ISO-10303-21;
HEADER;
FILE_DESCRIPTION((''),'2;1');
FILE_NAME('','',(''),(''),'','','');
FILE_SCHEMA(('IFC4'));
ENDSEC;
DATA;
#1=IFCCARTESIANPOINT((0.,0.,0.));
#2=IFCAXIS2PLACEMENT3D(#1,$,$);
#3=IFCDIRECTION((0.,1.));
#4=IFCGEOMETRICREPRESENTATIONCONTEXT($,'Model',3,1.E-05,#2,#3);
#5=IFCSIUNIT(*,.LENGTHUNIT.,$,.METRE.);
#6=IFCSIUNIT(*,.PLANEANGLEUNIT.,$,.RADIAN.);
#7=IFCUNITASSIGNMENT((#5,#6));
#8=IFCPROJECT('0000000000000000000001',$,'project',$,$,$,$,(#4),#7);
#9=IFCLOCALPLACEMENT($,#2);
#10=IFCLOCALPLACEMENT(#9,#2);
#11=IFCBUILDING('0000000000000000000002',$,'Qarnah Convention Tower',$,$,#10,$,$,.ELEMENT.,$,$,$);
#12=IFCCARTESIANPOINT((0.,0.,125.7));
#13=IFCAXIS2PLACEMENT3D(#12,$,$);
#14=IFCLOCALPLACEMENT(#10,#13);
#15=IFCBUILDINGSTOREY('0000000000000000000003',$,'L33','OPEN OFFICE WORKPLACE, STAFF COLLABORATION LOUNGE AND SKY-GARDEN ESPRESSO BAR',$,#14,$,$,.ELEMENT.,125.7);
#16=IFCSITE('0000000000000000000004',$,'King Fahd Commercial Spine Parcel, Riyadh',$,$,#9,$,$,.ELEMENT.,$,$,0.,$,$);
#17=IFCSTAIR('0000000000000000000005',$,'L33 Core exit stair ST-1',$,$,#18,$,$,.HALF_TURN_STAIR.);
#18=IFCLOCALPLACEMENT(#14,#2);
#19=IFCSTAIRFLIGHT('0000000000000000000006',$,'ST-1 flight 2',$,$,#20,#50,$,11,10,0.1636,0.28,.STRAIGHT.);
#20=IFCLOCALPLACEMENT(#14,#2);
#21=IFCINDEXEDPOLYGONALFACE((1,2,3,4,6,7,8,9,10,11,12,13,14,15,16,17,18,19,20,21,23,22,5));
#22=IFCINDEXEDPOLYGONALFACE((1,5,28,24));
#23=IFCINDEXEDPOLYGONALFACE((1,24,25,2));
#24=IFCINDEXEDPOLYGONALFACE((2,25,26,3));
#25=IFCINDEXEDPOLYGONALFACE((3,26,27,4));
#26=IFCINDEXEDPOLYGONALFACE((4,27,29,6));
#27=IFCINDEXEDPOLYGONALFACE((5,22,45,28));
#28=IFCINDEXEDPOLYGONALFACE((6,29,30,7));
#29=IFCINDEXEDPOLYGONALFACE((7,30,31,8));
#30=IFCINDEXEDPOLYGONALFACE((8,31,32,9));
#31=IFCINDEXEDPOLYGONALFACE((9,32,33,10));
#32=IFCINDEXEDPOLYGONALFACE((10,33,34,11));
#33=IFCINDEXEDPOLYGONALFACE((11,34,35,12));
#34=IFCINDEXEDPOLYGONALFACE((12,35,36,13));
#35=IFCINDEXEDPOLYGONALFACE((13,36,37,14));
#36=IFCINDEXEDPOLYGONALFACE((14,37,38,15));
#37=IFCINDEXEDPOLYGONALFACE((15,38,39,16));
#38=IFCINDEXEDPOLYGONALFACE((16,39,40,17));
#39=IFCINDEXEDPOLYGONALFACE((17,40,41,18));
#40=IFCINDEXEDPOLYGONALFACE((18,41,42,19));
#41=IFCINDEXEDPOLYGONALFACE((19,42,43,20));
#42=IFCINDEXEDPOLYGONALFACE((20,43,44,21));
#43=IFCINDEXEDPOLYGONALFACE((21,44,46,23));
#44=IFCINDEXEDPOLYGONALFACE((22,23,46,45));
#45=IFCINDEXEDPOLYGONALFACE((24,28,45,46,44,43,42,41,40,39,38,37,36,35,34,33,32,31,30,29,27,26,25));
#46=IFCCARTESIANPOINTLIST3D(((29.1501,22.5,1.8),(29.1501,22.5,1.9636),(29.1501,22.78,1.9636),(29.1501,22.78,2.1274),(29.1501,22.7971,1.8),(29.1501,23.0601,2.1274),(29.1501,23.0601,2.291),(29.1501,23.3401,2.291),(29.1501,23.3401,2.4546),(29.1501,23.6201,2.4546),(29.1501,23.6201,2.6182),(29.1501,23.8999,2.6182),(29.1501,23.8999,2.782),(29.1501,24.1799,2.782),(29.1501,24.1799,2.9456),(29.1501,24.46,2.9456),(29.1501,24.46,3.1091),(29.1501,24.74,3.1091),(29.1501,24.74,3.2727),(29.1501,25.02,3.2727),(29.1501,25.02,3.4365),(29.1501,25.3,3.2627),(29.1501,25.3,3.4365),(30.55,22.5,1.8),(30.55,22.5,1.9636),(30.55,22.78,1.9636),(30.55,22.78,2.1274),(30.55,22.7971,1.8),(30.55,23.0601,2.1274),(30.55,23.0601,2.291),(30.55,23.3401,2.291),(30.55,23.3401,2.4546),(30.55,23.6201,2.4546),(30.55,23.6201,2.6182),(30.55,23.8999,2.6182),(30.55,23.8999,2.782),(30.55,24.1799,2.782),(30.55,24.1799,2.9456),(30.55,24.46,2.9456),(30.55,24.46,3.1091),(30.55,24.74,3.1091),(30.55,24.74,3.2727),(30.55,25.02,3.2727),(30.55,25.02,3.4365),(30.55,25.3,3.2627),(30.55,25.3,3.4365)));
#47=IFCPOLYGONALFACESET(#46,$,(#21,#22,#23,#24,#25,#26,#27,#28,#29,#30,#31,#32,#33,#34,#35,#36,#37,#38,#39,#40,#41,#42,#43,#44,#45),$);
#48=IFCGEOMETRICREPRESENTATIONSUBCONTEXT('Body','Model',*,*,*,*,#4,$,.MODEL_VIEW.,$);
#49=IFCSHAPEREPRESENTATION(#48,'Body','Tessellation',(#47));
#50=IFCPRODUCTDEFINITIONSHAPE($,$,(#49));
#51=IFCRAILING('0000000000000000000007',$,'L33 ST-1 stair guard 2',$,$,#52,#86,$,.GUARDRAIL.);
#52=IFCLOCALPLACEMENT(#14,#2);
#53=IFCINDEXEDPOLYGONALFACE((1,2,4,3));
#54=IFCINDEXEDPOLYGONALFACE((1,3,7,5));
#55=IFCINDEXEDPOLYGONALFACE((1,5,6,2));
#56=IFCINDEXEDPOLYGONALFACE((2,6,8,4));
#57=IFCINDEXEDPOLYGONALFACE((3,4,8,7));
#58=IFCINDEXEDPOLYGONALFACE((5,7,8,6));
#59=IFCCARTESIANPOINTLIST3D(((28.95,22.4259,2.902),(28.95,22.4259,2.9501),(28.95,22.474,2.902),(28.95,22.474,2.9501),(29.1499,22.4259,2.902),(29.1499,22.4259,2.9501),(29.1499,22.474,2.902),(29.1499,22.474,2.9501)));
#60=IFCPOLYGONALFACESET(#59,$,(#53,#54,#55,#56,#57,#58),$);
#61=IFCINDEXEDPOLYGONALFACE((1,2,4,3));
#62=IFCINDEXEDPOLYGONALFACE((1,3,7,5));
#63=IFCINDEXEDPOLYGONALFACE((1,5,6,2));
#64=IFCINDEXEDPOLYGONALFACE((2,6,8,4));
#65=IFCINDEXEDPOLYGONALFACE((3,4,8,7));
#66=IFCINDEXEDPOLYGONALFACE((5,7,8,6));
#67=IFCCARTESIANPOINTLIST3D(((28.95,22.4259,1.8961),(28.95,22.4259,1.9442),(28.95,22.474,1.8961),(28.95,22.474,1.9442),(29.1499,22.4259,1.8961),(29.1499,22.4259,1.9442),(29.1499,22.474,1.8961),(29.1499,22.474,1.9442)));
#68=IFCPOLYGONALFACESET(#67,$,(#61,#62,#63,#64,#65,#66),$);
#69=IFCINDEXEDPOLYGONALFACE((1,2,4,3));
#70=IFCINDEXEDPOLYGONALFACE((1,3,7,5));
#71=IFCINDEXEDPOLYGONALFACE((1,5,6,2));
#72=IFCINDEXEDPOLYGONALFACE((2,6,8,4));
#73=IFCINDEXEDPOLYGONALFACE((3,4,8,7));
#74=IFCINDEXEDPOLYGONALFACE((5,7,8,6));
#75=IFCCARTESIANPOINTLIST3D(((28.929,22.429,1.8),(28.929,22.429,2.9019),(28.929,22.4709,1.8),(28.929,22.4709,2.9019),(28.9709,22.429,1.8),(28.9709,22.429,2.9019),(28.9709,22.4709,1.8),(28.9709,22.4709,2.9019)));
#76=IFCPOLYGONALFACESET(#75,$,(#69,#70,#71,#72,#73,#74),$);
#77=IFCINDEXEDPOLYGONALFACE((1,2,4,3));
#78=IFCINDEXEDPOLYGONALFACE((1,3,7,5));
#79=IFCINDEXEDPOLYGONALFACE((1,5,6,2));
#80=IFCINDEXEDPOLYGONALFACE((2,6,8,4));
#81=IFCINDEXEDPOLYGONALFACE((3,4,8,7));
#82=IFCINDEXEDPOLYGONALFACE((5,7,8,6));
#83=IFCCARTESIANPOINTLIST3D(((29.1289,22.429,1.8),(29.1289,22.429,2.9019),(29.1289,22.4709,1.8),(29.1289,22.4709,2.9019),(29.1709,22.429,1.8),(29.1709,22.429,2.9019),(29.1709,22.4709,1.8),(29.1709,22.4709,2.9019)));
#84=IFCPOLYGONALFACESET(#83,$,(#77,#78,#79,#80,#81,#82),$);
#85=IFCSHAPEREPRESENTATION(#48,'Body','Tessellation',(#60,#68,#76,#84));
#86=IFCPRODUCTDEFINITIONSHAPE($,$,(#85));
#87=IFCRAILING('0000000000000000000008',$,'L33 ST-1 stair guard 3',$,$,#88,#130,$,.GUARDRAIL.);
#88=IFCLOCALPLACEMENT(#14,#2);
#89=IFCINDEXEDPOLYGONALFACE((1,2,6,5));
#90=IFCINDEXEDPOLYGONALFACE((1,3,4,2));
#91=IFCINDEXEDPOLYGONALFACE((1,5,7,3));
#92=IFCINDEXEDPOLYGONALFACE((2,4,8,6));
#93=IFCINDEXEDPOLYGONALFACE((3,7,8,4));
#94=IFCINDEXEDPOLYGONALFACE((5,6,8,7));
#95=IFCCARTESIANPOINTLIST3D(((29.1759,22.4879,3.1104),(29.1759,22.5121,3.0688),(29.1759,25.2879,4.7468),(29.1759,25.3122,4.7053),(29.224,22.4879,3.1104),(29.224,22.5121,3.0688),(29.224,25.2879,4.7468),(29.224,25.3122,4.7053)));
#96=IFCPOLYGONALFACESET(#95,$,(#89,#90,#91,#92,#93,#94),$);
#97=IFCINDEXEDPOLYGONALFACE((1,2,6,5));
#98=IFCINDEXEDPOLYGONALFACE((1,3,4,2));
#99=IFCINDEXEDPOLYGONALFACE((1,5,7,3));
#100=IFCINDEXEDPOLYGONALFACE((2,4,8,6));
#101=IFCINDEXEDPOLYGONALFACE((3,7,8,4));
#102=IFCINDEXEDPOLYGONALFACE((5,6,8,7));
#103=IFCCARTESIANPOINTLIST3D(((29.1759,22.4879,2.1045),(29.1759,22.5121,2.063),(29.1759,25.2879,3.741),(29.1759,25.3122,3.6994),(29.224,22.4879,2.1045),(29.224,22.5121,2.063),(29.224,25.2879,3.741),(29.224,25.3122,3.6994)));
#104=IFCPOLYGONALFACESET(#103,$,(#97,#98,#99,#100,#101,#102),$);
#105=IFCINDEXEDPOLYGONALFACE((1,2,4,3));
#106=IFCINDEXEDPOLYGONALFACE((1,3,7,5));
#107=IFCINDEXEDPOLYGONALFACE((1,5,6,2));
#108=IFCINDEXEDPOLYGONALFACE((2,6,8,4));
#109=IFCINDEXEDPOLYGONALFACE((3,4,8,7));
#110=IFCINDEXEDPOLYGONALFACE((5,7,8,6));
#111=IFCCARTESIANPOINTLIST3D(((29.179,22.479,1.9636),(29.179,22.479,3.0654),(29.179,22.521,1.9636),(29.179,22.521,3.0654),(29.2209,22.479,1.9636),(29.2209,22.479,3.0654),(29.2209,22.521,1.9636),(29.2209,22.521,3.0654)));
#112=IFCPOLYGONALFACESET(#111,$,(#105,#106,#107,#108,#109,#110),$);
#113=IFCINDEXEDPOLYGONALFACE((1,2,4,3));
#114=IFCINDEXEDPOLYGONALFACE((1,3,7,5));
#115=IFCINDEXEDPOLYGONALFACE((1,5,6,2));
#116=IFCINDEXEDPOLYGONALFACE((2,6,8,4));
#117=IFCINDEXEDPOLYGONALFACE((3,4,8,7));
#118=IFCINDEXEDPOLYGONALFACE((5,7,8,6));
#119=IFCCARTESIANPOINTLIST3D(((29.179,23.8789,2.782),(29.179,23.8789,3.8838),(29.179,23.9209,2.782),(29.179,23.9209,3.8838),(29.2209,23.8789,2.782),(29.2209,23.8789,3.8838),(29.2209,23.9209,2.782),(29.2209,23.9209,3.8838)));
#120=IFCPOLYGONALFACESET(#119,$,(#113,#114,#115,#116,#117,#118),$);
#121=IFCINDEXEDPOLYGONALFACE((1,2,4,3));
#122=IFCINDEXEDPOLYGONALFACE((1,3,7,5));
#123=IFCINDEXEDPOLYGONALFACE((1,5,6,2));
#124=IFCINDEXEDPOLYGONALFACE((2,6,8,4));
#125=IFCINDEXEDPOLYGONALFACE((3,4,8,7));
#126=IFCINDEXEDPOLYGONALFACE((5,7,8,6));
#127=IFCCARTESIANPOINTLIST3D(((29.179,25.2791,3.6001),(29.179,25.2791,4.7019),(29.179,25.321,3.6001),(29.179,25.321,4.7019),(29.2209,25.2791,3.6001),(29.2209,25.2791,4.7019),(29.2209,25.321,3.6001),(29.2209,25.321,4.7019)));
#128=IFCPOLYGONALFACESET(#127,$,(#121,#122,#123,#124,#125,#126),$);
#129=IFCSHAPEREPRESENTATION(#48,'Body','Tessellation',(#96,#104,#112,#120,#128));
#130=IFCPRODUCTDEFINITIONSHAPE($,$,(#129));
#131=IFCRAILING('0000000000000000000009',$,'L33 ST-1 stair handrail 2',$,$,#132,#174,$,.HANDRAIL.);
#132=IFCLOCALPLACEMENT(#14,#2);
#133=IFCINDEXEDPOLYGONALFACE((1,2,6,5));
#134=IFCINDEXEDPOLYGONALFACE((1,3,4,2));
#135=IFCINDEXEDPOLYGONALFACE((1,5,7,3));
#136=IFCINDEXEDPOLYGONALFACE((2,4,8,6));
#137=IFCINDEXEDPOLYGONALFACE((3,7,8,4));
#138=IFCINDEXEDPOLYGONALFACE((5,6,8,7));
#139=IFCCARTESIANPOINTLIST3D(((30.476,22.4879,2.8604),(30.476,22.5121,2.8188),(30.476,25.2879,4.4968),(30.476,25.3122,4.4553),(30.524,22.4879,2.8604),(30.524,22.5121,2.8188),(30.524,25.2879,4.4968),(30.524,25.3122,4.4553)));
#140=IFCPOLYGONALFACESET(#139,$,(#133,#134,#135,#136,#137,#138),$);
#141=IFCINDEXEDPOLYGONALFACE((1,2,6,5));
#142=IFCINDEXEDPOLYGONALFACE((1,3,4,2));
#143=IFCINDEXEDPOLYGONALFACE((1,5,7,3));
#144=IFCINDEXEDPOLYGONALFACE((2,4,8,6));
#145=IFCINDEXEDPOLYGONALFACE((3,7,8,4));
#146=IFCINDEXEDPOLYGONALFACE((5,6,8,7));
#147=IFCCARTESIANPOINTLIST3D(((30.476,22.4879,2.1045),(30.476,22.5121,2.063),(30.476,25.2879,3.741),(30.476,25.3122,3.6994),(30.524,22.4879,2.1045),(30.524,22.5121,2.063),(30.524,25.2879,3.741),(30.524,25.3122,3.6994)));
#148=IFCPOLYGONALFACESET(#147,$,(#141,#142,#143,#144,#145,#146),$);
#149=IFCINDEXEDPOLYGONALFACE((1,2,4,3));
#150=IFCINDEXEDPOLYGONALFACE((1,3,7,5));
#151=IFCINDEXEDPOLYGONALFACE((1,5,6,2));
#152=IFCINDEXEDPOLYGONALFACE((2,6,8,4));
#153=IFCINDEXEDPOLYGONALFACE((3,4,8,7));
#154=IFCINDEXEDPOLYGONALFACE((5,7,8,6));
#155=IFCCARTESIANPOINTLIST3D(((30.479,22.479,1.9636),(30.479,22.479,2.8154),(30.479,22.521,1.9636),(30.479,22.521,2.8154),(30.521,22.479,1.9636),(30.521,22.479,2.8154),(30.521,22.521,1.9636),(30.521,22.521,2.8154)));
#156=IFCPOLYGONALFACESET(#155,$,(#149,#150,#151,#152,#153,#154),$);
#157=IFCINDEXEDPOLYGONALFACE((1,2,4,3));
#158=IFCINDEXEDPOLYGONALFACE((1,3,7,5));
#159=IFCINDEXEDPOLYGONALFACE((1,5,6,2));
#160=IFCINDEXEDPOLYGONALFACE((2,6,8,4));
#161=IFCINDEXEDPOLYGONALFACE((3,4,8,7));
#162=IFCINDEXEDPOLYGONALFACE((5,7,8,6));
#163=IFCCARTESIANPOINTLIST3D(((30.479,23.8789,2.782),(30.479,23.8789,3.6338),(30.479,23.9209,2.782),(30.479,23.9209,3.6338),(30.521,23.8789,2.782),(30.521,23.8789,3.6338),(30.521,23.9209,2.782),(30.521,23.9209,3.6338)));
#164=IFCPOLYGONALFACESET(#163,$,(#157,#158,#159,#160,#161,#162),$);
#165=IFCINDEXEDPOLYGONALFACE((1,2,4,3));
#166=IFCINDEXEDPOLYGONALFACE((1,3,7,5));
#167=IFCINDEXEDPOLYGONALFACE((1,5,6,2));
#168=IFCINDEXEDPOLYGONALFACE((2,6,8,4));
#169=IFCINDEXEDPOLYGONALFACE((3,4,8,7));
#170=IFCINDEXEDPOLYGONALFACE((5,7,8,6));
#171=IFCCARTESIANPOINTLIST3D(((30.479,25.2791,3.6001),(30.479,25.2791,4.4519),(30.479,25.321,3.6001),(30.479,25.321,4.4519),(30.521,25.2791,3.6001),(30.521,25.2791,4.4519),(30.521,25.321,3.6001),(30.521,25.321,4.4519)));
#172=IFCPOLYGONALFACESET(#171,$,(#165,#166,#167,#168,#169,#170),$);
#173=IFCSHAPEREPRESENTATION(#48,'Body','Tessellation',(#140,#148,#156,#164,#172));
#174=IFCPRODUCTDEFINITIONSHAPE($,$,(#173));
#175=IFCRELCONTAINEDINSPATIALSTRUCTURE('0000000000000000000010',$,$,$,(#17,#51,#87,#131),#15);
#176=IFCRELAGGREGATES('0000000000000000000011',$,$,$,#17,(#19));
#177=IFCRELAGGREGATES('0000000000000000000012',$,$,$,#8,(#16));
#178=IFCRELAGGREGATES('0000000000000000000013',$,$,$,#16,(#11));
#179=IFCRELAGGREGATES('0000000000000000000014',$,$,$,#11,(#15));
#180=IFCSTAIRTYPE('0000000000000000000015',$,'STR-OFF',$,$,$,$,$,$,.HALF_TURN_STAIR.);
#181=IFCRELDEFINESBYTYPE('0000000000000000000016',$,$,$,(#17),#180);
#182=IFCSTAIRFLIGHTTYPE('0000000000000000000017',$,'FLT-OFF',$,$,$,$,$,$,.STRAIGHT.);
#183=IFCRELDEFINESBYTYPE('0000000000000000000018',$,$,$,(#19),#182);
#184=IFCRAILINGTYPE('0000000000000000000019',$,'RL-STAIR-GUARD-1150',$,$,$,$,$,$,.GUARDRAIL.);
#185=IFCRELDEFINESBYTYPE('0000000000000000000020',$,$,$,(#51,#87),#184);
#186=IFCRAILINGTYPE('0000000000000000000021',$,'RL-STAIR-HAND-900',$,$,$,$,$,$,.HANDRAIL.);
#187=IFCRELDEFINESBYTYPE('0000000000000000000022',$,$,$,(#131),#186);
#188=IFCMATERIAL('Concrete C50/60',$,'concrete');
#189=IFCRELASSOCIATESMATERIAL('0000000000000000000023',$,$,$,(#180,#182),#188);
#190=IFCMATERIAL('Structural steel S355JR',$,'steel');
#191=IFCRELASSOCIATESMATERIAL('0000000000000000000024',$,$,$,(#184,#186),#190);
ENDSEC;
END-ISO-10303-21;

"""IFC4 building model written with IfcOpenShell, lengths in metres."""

from ifc_helpers import new_model, si_unit, direction, frame, origin, origin_2d, place, context, subcontext, project, spatial, polyline, rectangle, outline, extrude, material, type_object, element, aggregate, save


model = new_model("IFC4")

# Units and contexts
model_context = context("Model", 3, precision=1e-05, world=origin(), true_north=direction((0.0, 1.0)))
body_context = subcontext(model_context, "Body", "Model", "MODEL_VIEW")
ifc_project = project(units=[si_unit("LENGTHUNIT", "METRE"), si_unit("PLANEANGLEUNIT", "RADIAN")], contexts=[model_context])

# Site, building, storey
site_placement = place(None, origin())
site = spatial("IfcSite", under=ifc_project, at=site_placement, Name="King Fahd Commercial Spine Parcel, Riyadh", CompositionType="ELEMENT", RefElevation=0.0)
building_placement = place(site_placement, origin())
building = spatial("IfcBuilding", under=site, at=building_placement, Name="Qarnah Convention Tower", CompositionType="ELEMENT")
storey_placement = place(building_placement, frame((0.0, 0.0, 125.7)))
storey = spatial("IfcBuildingStorey", under=building, at=storey_placement, Name="L33", Description="OPEN OFFICE WORKPLACE, STAFF COLLABORATION LOUNGE AND SKY-GARDEN ESPRESSO BAR", CompositionType="ELEMENT", Elevation=125.7)

# Shared definitions
ifc_material_1 = material(Name="Structural steel S355JR", Category="steel")

# Stair, stair flight
ifc_material_2 = material(Name="Concrete C50/60", Category="concrete")
stair_type = type_object("IfcStairType", Name="STR-OFF", PredefinedType="HALF_TURN_STAIR", material=ifc_material_2)
stair_placement = place(storey_placement, origin())
stair = element("IfcStair", 1, at=stair_placement, inside=storey, type_object=stair_type, Name="L33 Core exit stair ST-1", PredefinedType="HALF_TURN_STAIR")
stair_flight_type = type_object("IfcStairFlightType", Name="FLT-OFF", PredefinedType="STRAIGHT", material=ifc_material_2)
stair_flight_placement = place(storey_placement, frame((29.8501, 22.5, 1.8), z_axis=(0.0, 0.0, 1.0), x_axis=(0.0, 1.0, 0.0)))
stair_flight = element("IfcStairFlight", 2, at=stair_flight_placement, type_object=stair_flight_type, Name="ST-1 flight 2", NumberOfRisers=11, NumberOfTreads=10, PredefinedType="STRAIGHT", RiserHeight=0.1636, TreadLength=0.28, context=body_context, shape_type="SweptSolid", body=[
    extrude(outline(polyline([(0.0, 0.0), (0.0, 0.1636), (0.28, 0.1636), (0.28, 0.3274), (0.5601, 0.3274), (0.5601, 0.491), (0.8401, 0.491), (0.8401, 0.6545), (1.1201, 0.6545), (1.1201, 0.8181), (1.3999, 0.8181), (1.3999, 0.9819), (1.6799, 0.9819), (1.6799, 1.1455), (1.96, 1.1455), (1.96, 1.3091), (2.24, 1.3091), (2.24, 1.4727), (2.52, 1.4727), (2.52, 1.6365), (2.8, 1.6365), (2.8, 1.8), (2.8, 1.4626), (0.2971, 0.0), (0.0, 0.0)])), frame((0.0, 0.7, 0.0), z_axis=(0.0, -1.0, 0.0), x_axis=(1.0, 0.0, 0.0)), (0.0, 0.0, 1.0), 1.3999),
])
aggregate(stair, [stair_flight])

# Railings
railing_type_1 = type_object("IfcRailingType", Name="RL-STAIR-GUARD-1150", PredefinedType="GUARDRAIL", material=ifc_material_1)
railing_1_placement = place(storey_placement, frame((28.95, 22.45, 1.8)))
element("IfcRailing", 3, at=railing_1_placement, inside=storey, type_object=railing_type_1, Name="L33 ST-1 stair guard 2", PredefinedType="GUARDRAIL", context=body_context, shape_type="SweptSolid", body=[
    extrude(rectangle(XDim=0.0481, YDim=0.0481, at=origin_2d()), frame((0.0, 0.0, 1.126), z_axis=(1.0, 0.0, 0.0), x_axis=(0.0, 1.0, 0.0)), (0.0, 0.0, 1.0), 0.2),
    extrude(rectangle(XDim=0.0481, YDim=0.0481, at=origin_2d()), frame((0.0, 0.0, 0.1201), z_axis=(1.0, 0.0, 0.0), x_axis=(0.0, 1.0, 0.0)), (0.0, 0.0, 1.0), 0.2),
    extrude(rectangle(XDim=0.042, YDim=0.042, at=origin_2d()), origin(), (0.0, 0.0, 1.0), 1.1018),
    extrude(rectangle(XDim=0.042, YDim=0.042, at=origin_2d()), frame((0.2, 0.0, 0.0)), (0.0, 0.0, 1.0), 1.1018),
])
railing_2_placement = place(storey_placement, frame((29.2, 22.5, 1.9636)))
element("IfcRailing", 4, at=railing_2_placement, inside=storey, type_object=railing_type_1, Name="L33 ST-1 stair guard 3", PredefinedType="GUARDRAIL", context=body_context, shape_type="SweptSolid", body=[
    extrude(rectangle(XDim=0.0481, YDim=0.0481, at=origin_2d()), frame((0.0, 0.0, 1.126), z_axis=(0.0, 0.863361, 0.504587), x_axis=(-1.0, 0.0, 0.0)), (0.0, 0.0, 1.0), 3.2432),
    extrude(rectangle(XDim=0.0481, YDim=0.0481, at=origin_2d()), frame((0.0, 0.0, 0.1201), z_axis=(0.0, 0.863361, 0.504587), x_axis=(-1.0, 0.0, 0.0)), (0.0, 0.0, 1.0), 3.2432),
    extrude(rectangle(XDim=0.042, YDim=0.042, at=origin_2d()), origin(), (0.0, 0.0, 1.0), 1.1018),
    extrude(rectangle(XDim=0.042, YDim=0.042, at=origin_2d()), frame((0.0, 1.3999, 0.8184)), (0.0, 0.0, 1.0), 1.1018),
    extrude(rectangle(XDim=0.042, YDim=0.042, at=origin_2d()), frame((0.0, 2.8, 1.6365)), (0.0, 0.0, 1.0), 1.1018),
])
railing_type_2 = type_object("IfcRailingType", Name="RL-STAIR-HAND-900", PredefinedType="HANDRAIL", material=ifc_material_1)
railing_3_placement = place(storey_placement, frame((30.5, 22.5, 1.9636)))
element("IfcRailing", 5, at=railing_3_placement, inside=storey, type_object=railing_type_2, Name="L33 ST-1 stair handrail 2", PredefinedType="HANDRAIL", context=body_context, shape_type="SweptSolid", body=[
    extrude(rectangle(XDim=0.0481, YDim=0.0481, at=origin_2d()), frame((0.0, 0.0, 0.876), z_axis=(0.0, 0.863361, 0.504587), x_axis=(-1.0, 0.0, 0.0)), (0.0, 0.0, 1.0), 3.2432),
    extrude(rectangle(XDim=0.0481, YDim=0.0481, at=origin_2d()), frame((0.0, 0.0, 0.1201), z_axis=(0.0, 0.863361, 0.504587), x_axis=(-1.0, 0.0, 0.0)), (0.0, 0.0, 1.0), 3.2432),
    extrude(rectangle(XDim=0.042, YDim=0.042, at=origin_2d()), origin(), (0.0, 0.0, 1.0), 0.8518),
    extrude(rectangle(XDim=0.042, YDim=0.042, at=origin_2d()), frame((0.0, 1.3999, 0.8184)), (0.0, 0.0, 1.0), 0.8518),
    extrude(rectangle(XDim=0.042, YDim=0.042, at=origin_2d()), frame((0.0, 2.8, 1.6365)), (0.0, 0.0, 1.0), 0.8518),
])

save(model, "model.ifc")
